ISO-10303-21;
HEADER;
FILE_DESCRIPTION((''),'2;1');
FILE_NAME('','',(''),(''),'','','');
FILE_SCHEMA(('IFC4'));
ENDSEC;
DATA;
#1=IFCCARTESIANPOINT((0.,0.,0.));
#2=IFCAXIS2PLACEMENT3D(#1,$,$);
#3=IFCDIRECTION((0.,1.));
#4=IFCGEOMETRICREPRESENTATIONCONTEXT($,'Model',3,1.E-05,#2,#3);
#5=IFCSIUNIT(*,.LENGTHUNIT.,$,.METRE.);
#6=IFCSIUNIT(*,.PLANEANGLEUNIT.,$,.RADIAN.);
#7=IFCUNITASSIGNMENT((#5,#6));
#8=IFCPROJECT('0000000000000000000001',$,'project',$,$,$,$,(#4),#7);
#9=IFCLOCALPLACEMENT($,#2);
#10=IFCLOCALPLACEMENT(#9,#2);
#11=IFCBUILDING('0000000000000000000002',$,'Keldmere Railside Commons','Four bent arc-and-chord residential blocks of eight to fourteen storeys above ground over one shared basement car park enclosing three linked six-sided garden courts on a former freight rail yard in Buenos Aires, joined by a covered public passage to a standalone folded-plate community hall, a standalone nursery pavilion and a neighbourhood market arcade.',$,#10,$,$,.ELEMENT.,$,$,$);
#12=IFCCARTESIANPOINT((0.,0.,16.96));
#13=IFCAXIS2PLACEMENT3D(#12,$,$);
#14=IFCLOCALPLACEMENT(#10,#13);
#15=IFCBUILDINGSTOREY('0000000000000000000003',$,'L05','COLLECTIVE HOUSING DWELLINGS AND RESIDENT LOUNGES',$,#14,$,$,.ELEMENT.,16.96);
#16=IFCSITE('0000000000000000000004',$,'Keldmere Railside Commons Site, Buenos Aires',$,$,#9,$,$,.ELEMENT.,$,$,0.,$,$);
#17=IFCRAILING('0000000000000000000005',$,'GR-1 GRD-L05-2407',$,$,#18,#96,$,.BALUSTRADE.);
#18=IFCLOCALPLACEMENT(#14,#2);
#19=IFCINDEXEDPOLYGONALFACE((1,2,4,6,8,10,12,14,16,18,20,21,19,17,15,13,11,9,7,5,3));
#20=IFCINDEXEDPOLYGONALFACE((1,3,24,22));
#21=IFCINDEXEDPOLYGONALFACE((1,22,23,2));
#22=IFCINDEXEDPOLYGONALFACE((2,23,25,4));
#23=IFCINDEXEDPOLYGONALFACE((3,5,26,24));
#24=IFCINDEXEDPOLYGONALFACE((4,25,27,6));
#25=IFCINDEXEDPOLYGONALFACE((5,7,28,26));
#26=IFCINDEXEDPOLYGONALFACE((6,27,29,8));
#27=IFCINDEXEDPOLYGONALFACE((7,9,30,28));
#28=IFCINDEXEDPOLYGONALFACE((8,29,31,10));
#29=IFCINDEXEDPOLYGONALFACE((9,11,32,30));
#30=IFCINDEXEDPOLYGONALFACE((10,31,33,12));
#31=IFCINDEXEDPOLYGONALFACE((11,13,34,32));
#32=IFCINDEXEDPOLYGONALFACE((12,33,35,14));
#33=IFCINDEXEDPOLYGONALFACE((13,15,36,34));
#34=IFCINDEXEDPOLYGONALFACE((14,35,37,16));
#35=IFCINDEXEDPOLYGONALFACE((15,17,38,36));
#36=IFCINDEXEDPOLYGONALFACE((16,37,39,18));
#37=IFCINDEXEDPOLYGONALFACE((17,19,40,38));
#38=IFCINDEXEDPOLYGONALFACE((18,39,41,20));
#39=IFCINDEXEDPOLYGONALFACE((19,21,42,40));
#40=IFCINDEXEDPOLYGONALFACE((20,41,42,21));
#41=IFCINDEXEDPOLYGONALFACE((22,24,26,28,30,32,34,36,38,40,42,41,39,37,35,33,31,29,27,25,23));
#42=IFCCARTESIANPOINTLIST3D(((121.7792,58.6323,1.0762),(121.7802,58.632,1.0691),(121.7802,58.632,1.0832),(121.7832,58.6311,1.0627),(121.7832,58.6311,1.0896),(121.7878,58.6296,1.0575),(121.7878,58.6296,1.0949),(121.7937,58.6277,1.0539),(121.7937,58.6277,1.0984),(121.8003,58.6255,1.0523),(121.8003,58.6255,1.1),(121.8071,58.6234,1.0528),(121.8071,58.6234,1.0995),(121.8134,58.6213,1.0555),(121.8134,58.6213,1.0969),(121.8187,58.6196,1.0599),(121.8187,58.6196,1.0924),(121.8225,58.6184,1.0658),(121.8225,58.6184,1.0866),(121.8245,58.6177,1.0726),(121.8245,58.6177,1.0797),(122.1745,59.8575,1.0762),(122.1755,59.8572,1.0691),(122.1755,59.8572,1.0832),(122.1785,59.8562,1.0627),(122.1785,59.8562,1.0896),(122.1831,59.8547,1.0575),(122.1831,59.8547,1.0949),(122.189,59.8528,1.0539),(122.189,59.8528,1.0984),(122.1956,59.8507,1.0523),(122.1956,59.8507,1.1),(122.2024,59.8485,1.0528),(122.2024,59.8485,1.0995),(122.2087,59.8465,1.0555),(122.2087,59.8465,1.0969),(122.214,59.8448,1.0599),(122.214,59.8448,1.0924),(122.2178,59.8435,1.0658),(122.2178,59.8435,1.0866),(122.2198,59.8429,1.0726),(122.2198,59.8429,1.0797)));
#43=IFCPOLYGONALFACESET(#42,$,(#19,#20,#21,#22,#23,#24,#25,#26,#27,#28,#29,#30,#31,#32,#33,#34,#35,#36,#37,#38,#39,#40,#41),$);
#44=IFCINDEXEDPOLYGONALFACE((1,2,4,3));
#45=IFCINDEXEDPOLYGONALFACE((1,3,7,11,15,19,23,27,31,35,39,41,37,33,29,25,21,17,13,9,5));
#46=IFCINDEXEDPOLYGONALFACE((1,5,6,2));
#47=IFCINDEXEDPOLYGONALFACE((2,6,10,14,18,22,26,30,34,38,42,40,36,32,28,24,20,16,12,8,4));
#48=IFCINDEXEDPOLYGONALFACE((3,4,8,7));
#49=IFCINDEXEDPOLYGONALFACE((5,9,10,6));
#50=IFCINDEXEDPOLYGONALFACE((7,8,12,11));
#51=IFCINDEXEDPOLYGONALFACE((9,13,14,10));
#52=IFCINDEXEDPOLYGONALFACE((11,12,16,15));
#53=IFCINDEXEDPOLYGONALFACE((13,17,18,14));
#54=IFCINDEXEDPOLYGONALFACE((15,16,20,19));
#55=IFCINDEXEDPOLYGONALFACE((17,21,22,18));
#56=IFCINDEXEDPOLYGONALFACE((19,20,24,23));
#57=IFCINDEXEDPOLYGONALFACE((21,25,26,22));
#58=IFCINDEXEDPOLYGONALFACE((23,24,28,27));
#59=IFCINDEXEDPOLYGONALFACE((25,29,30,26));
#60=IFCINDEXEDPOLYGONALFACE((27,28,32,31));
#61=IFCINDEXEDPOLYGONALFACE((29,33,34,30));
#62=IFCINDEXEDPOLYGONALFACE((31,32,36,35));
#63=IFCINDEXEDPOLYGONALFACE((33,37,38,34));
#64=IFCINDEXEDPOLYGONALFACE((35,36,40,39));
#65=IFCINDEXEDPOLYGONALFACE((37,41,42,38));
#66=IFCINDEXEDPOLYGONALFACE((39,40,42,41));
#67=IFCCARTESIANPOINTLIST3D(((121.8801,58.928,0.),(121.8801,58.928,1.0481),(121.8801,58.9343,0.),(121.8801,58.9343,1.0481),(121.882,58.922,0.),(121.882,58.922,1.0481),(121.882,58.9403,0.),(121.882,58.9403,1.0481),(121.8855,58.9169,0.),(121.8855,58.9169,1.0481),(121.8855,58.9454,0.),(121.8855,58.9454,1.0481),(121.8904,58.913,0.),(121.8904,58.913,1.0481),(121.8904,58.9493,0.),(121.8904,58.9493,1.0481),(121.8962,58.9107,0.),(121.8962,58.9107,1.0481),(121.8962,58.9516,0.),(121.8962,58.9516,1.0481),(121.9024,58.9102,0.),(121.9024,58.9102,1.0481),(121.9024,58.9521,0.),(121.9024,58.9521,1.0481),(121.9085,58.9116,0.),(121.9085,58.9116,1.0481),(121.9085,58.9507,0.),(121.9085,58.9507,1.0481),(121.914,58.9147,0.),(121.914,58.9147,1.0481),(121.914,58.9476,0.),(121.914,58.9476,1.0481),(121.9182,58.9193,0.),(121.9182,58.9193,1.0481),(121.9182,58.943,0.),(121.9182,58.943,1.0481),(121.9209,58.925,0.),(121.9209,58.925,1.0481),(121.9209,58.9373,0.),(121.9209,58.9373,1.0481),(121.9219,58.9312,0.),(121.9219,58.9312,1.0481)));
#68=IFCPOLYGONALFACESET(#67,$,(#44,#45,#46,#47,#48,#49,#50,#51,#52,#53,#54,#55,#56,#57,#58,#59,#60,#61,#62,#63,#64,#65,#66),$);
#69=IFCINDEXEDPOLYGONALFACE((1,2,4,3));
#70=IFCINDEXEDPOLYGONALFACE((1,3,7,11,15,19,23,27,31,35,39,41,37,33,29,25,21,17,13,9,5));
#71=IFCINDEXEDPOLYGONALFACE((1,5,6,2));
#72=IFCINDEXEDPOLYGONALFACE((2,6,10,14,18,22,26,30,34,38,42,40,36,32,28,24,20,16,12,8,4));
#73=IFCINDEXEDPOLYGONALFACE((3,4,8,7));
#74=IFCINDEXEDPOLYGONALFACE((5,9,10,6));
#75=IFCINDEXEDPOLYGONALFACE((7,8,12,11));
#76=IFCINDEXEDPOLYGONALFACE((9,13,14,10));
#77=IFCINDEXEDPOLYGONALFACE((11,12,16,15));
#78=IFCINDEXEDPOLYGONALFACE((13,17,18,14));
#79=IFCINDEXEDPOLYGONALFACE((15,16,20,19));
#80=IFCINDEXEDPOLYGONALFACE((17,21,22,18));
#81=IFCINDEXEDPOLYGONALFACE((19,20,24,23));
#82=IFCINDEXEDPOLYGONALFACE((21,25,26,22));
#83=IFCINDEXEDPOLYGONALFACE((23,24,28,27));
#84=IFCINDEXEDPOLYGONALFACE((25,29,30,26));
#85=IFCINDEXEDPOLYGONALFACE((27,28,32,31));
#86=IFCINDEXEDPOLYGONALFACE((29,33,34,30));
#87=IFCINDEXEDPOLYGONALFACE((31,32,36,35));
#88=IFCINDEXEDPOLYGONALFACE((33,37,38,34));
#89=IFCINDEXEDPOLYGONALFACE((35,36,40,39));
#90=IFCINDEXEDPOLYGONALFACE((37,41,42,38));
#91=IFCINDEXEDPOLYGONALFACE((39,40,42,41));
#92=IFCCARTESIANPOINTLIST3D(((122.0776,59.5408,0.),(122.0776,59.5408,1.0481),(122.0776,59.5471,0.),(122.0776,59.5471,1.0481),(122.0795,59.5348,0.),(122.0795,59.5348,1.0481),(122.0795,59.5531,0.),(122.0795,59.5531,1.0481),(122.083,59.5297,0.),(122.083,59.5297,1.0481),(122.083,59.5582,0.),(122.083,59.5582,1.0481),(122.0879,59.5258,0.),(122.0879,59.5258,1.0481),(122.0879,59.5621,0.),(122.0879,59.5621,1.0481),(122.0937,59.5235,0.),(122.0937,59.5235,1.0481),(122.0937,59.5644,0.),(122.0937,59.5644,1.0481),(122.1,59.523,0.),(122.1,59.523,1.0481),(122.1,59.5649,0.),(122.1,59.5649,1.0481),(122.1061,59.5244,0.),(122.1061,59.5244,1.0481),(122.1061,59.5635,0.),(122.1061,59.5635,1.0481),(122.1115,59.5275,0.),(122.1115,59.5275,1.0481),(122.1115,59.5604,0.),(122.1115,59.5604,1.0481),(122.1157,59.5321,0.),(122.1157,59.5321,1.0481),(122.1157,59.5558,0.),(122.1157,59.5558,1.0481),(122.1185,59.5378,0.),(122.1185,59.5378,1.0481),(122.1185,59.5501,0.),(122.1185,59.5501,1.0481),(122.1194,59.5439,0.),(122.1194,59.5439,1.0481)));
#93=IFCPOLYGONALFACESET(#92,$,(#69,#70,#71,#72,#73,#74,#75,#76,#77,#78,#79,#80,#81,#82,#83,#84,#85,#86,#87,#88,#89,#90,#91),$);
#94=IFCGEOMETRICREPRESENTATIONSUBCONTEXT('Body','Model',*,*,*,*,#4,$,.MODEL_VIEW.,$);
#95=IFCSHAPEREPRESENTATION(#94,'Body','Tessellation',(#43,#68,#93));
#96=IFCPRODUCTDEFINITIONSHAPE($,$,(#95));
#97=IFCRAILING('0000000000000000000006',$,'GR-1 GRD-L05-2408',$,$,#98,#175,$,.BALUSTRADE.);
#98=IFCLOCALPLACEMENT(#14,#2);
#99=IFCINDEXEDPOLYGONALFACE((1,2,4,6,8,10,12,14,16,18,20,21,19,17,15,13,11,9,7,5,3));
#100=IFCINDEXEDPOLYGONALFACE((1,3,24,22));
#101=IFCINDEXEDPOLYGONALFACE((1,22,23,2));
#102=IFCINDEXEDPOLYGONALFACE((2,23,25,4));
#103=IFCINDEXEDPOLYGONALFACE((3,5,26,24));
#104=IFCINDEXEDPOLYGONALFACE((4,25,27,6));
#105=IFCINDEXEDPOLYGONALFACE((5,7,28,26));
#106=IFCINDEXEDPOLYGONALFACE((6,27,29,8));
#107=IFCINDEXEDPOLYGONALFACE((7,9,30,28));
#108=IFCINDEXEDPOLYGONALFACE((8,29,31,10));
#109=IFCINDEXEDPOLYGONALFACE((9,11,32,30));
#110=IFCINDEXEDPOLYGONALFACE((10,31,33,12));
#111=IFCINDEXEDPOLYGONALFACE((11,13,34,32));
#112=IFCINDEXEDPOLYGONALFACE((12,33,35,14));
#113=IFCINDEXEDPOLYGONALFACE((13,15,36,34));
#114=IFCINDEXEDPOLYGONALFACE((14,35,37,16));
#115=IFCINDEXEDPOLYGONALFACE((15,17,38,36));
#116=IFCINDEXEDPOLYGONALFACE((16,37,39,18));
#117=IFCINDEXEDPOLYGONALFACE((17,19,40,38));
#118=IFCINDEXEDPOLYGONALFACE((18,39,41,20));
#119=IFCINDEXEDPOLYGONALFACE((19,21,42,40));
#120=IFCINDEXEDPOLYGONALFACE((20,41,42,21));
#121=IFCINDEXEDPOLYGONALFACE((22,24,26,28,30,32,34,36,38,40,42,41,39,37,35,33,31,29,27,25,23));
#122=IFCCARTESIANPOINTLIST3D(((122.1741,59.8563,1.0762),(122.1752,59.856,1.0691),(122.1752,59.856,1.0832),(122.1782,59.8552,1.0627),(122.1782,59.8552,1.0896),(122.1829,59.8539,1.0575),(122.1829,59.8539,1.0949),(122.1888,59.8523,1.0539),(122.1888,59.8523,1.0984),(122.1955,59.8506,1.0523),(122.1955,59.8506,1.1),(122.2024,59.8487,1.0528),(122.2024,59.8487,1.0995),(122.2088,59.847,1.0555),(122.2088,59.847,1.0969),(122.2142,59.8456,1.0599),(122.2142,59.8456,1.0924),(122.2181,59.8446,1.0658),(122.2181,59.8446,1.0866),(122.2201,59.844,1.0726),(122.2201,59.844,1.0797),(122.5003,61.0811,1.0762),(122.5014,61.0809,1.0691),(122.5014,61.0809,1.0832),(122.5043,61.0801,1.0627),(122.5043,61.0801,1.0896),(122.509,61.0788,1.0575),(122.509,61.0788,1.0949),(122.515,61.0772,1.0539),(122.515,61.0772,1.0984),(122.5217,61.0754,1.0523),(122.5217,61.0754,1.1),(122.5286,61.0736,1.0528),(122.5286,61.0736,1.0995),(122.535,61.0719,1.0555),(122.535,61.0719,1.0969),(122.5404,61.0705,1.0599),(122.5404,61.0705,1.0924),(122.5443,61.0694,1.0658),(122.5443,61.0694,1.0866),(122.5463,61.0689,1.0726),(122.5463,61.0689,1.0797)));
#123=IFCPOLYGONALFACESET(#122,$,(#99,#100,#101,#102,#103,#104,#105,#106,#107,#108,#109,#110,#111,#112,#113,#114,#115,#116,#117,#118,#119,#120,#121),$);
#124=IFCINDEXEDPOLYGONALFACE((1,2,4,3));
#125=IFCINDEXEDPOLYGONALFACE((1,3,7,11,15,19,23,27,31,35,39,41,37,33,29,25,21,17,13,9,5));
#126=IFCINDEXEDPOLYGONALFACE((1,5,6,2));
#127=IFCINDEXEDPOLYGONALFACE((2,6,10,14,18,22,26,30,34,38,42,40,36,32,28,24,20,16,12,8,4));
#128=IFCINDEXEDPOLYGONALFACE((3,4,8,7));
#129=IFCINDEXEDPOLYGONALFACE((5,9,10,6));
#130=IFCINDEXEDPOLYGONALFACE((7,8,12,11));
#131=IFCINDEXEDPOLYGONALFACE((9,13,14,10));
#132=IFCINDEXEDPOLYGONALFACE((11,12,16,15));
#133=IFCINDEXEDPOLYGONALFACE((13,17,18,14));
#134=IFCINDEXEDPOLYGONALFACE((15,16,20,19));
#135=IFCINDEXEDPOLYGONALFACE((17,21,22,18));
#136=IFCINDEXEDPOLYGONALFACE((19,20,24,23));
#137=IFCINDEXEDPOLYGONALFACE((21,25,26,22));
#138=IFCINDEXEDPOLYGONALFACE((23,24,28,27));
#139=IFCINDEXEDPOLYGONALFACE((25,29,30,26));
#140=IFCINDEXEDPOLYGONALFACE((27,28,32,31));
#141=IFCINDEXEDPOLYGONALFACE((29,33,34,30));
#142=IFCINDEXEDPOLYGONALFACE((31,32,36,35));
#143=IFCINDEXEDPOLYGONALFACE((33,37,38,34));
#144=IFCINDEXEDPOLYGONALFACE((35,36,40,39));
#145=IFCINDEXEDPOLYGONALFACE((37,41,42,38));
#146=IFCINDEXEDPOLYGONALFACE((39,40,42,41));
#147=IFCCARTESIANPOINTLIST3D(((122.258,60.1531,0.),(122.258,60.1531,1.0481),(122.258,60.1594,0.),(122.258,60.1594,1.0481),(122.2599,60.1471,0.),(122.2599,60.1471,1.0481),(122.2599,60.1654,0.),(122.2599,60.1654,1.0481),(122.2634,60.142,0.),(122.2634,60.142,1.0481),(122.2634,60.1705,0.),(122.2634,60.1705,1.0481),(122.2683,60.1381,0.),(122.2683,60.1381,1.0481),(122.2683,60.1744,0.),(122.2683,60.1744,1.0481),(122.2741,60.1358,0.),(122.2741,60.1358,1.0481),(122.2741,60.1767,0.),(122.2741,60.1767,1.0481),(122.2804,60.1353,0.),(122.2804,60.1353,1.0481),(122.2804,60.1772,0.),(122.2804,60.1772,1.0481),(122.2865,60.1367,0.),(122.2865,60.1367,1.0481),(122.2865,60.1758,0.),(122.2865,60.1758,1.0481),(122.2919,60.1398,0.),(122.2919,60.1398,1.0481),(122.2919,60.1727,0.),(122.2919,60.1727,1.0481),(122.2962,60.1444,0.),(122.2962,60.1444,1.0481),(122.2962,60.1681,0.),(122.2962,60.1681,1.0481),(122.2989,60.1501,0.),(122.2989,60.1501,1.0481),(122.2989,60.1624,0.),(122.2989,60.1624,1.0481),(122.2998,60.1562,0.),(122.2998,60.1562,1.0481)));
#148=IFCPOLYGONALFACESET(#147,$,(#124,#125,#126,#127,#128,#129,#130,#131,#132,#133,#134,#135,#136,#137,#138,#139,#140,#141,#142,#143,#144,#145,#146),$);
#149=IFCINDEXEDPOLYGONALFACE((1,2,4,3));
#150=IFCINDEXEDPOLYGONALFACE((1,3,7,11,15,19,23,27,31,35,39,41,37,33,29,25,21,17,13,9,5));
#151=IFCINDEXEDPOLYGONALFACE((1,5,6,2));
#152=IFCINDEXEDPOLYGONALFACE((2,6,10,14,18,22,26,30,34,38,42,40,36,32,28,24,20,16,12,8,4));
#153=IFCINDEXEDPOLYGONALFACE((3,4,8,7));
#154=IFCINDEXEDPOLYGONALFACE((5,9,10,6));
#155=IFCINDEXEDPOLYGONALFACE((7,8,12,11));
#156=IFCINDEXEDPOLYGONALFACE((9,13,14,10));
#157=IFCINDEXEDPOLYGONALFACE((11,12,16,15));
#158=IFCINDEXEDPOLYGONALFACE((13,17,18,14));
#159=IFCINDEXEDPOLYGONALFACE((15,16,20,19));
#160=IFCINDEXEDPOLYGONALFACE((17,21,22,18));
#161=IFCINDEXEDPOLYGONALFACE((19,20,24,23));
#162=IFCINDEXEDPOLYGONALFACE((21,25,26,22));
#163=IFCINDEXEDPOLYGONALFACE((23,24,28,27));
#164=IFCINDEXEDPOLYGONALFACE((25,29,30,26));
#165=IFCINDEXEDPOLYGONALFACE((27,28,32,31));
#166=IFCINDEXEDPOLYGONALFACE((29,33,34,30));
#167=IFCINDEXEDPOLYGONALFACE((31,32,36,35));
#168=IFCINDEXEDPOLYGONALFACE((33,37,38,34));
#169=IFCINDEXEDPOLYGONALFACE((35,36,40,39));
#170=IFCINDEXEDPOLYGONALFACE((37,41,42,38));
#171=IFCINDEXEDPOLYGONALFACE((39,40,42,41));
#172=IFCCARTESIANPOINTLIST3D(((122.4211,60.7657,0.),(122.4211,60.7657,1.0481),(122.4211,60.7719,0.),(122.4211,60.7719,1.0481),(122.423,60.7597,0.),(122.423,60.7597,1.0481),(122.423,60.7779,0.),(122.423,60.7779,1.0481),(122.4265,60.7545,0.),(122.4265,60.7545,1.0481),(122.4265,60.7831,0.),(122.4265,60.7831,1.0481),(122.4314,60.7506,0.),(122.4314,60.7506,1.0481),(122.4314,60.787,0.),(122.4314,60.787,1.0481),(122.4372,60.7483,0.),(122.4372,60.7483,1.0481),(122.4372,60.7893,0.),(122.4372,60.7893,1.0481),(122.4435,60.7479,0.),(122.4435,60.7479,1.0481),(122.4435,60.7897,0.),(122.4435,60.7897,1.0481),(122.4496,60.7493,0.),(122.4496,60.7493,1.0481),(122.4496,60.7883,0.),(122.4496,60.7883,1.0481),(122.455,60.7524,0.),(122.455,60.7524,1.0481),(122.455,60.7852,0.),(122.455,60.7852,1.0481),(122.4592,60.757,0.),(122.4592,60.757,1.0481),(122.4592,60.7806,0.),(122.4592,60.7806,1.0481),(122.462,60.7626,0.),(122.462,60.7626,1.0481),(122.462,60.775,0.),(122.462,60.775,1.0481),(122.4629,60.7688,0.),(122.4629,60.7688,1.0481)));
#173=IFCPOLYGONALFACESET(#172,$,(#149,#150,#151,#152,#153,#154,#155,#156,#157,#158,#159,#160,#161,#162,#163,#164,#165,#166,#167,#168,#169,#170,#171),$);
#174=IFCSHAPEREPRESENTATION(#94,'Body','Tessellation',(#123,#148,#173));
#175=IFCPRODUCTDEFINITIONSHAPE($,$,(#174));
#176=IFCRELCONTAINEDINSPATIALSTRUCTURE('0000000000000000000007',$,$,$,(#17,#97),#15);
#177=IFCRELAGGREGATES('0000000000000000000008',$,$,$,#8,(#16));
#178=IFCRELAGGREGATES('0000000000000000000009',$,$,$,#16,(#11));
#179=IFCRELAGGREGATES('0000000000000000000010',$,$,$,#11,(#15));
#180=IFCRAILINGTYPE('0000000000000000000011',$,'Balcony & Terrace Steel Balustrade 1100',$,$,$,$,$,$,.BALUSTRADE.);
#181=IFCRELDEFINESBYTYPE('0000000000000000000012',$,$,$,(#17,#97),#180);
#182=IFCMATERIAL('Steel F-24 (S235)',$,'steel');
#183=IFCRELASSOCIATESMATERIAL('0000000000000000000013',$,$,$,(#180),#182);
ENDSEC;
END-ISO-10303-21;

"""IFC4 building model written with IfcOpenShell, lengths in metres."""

from ifc_helpers import new_model, si_unit, direction, frame, origin, origin_2d, place, context, subcontext, project, spatial, circle, extrude, material, type_object, element, save


model = new_model("IFC4")

# Units and contexts
model_context = context("Model", 3, precision=1e-05, world=origin(), true_north=direction((0.0, 1.0)))
body_context = subcontext(model_context, "Body", "Model", "MODEL_VIEW")
ifc_project = project(units=[si_unit("LENGTHUNIT", "METRE"), si_unit("PLANEANGLEUNIT", "RADIAN")], contexts=[model_context])

# Site, building, storey
site_placement = place(None, origin())
site = spatial("IfcSite", under=ifc_project, at=site_placement, Name="Keldmere Railside Commons Site, Buenos Aires", CompositionType="ELEMENT", RefElevation=0.0)
building_placement = place(site_placement, origin())
building = spatial("IfcBuilding", under=site, at=building_placement, Name="Keldmere Railside Commons", Description="Four bent arc-and-chord residential blocks of eight to fourteen storeys above ground over one shared basement car park enclosing three linked six-sided garden courts on a former freight rail yard in Buenos Aires, joined by a covered public passage to a standalone folded-plate community hall, a standalone nursery pavilion and a neighbourhood market arcade.", CompositionType="ELEMENT")
storey_placement = place(building_placement, frame((0.0, 0.0, 16.96)))
storey = spatial("IfcBuildingStorey", under=building, at=storey_placement, Name="L05", Description="COLLECTIVE HOUSING DWELLINGS AND RESIDENT LOUNGES", CompositionType="ELEMENT", Elevation=16.96)

# Railings
ifc_material_1 = material(Name="Steel F-24 (S235)", Category="steel")
railing_type = type_object("IfcRailingType", Name="Balcony & Terrace Steel Balustrade 1100", PredefinedType="BALUSTRADE", material=ifc_material_1)
railing_1_placement = place(storey_placement, frame((121.802, 58.625, 0.0)))
element("IfcRailing", 1, at=railing_1_placement, inside=storey, type_object=railing_type, Name="GR-1 GRD-L05-2407", PredefinedType="BALUSTRADE", context=body_context, shape_type="SweptSolid", body=[
    extrude(circle(Radius=0.0239, at=origin_2d()), frame((0.0, 0.0, 1.0762), z_axis=(0.307053, 0.951693, 0.0), x_axis=(-0.951693, 0.307053, 0.0)), (0.0, 0.0, 1.0), 1.2874),
    extrude(circle(Radius=0.021, at=origin_2d()), frame((0.0989, 0.3062, 0.0)), (0.0, 0.0, 1.0), 1.0481),
    extrude(circle(Radius=0.021, at=origin_2d()), frame((0.2964, 0.9189, 0.0)), (0.0, 0.0, 1.0), 1.0481),
])
railing_2_placement = place(storey_placement, frame((122.1973, 59.8501, 0.0)))
element("IfcRailing", 2, at=railing_2_placement, inside=storey, type_object=railing_type, Name="GR-1 GRD-L05-2408", PredefinedType="BALUSTRADE", context=body_context, shape_type="SweptSolid", body=[
    extrude(circle(Radius=0.0239, at=origin_2d()), frame((0.0, 0.0, 1.0762), z_axis=(0.257327, 0.966324, 0.0), x_axis=(-0.966324, 0.257327, 0.0)), (0.0, 0.0, 1.0), 1.2676),
    extrude(circle(Radius=0.021, at=origin_2d()), frame((0.0815, 0.3062, 0.0)), (0.0, 0.0, 1.0), 1.0481),
    extrude(circle(Radius=0.021, at=origin_2d()), frame((0.2446, 0.9187, 0.0)), (0.0, 0.0, 1.0), 1.0481),
])

save(model, "model.ifc")
